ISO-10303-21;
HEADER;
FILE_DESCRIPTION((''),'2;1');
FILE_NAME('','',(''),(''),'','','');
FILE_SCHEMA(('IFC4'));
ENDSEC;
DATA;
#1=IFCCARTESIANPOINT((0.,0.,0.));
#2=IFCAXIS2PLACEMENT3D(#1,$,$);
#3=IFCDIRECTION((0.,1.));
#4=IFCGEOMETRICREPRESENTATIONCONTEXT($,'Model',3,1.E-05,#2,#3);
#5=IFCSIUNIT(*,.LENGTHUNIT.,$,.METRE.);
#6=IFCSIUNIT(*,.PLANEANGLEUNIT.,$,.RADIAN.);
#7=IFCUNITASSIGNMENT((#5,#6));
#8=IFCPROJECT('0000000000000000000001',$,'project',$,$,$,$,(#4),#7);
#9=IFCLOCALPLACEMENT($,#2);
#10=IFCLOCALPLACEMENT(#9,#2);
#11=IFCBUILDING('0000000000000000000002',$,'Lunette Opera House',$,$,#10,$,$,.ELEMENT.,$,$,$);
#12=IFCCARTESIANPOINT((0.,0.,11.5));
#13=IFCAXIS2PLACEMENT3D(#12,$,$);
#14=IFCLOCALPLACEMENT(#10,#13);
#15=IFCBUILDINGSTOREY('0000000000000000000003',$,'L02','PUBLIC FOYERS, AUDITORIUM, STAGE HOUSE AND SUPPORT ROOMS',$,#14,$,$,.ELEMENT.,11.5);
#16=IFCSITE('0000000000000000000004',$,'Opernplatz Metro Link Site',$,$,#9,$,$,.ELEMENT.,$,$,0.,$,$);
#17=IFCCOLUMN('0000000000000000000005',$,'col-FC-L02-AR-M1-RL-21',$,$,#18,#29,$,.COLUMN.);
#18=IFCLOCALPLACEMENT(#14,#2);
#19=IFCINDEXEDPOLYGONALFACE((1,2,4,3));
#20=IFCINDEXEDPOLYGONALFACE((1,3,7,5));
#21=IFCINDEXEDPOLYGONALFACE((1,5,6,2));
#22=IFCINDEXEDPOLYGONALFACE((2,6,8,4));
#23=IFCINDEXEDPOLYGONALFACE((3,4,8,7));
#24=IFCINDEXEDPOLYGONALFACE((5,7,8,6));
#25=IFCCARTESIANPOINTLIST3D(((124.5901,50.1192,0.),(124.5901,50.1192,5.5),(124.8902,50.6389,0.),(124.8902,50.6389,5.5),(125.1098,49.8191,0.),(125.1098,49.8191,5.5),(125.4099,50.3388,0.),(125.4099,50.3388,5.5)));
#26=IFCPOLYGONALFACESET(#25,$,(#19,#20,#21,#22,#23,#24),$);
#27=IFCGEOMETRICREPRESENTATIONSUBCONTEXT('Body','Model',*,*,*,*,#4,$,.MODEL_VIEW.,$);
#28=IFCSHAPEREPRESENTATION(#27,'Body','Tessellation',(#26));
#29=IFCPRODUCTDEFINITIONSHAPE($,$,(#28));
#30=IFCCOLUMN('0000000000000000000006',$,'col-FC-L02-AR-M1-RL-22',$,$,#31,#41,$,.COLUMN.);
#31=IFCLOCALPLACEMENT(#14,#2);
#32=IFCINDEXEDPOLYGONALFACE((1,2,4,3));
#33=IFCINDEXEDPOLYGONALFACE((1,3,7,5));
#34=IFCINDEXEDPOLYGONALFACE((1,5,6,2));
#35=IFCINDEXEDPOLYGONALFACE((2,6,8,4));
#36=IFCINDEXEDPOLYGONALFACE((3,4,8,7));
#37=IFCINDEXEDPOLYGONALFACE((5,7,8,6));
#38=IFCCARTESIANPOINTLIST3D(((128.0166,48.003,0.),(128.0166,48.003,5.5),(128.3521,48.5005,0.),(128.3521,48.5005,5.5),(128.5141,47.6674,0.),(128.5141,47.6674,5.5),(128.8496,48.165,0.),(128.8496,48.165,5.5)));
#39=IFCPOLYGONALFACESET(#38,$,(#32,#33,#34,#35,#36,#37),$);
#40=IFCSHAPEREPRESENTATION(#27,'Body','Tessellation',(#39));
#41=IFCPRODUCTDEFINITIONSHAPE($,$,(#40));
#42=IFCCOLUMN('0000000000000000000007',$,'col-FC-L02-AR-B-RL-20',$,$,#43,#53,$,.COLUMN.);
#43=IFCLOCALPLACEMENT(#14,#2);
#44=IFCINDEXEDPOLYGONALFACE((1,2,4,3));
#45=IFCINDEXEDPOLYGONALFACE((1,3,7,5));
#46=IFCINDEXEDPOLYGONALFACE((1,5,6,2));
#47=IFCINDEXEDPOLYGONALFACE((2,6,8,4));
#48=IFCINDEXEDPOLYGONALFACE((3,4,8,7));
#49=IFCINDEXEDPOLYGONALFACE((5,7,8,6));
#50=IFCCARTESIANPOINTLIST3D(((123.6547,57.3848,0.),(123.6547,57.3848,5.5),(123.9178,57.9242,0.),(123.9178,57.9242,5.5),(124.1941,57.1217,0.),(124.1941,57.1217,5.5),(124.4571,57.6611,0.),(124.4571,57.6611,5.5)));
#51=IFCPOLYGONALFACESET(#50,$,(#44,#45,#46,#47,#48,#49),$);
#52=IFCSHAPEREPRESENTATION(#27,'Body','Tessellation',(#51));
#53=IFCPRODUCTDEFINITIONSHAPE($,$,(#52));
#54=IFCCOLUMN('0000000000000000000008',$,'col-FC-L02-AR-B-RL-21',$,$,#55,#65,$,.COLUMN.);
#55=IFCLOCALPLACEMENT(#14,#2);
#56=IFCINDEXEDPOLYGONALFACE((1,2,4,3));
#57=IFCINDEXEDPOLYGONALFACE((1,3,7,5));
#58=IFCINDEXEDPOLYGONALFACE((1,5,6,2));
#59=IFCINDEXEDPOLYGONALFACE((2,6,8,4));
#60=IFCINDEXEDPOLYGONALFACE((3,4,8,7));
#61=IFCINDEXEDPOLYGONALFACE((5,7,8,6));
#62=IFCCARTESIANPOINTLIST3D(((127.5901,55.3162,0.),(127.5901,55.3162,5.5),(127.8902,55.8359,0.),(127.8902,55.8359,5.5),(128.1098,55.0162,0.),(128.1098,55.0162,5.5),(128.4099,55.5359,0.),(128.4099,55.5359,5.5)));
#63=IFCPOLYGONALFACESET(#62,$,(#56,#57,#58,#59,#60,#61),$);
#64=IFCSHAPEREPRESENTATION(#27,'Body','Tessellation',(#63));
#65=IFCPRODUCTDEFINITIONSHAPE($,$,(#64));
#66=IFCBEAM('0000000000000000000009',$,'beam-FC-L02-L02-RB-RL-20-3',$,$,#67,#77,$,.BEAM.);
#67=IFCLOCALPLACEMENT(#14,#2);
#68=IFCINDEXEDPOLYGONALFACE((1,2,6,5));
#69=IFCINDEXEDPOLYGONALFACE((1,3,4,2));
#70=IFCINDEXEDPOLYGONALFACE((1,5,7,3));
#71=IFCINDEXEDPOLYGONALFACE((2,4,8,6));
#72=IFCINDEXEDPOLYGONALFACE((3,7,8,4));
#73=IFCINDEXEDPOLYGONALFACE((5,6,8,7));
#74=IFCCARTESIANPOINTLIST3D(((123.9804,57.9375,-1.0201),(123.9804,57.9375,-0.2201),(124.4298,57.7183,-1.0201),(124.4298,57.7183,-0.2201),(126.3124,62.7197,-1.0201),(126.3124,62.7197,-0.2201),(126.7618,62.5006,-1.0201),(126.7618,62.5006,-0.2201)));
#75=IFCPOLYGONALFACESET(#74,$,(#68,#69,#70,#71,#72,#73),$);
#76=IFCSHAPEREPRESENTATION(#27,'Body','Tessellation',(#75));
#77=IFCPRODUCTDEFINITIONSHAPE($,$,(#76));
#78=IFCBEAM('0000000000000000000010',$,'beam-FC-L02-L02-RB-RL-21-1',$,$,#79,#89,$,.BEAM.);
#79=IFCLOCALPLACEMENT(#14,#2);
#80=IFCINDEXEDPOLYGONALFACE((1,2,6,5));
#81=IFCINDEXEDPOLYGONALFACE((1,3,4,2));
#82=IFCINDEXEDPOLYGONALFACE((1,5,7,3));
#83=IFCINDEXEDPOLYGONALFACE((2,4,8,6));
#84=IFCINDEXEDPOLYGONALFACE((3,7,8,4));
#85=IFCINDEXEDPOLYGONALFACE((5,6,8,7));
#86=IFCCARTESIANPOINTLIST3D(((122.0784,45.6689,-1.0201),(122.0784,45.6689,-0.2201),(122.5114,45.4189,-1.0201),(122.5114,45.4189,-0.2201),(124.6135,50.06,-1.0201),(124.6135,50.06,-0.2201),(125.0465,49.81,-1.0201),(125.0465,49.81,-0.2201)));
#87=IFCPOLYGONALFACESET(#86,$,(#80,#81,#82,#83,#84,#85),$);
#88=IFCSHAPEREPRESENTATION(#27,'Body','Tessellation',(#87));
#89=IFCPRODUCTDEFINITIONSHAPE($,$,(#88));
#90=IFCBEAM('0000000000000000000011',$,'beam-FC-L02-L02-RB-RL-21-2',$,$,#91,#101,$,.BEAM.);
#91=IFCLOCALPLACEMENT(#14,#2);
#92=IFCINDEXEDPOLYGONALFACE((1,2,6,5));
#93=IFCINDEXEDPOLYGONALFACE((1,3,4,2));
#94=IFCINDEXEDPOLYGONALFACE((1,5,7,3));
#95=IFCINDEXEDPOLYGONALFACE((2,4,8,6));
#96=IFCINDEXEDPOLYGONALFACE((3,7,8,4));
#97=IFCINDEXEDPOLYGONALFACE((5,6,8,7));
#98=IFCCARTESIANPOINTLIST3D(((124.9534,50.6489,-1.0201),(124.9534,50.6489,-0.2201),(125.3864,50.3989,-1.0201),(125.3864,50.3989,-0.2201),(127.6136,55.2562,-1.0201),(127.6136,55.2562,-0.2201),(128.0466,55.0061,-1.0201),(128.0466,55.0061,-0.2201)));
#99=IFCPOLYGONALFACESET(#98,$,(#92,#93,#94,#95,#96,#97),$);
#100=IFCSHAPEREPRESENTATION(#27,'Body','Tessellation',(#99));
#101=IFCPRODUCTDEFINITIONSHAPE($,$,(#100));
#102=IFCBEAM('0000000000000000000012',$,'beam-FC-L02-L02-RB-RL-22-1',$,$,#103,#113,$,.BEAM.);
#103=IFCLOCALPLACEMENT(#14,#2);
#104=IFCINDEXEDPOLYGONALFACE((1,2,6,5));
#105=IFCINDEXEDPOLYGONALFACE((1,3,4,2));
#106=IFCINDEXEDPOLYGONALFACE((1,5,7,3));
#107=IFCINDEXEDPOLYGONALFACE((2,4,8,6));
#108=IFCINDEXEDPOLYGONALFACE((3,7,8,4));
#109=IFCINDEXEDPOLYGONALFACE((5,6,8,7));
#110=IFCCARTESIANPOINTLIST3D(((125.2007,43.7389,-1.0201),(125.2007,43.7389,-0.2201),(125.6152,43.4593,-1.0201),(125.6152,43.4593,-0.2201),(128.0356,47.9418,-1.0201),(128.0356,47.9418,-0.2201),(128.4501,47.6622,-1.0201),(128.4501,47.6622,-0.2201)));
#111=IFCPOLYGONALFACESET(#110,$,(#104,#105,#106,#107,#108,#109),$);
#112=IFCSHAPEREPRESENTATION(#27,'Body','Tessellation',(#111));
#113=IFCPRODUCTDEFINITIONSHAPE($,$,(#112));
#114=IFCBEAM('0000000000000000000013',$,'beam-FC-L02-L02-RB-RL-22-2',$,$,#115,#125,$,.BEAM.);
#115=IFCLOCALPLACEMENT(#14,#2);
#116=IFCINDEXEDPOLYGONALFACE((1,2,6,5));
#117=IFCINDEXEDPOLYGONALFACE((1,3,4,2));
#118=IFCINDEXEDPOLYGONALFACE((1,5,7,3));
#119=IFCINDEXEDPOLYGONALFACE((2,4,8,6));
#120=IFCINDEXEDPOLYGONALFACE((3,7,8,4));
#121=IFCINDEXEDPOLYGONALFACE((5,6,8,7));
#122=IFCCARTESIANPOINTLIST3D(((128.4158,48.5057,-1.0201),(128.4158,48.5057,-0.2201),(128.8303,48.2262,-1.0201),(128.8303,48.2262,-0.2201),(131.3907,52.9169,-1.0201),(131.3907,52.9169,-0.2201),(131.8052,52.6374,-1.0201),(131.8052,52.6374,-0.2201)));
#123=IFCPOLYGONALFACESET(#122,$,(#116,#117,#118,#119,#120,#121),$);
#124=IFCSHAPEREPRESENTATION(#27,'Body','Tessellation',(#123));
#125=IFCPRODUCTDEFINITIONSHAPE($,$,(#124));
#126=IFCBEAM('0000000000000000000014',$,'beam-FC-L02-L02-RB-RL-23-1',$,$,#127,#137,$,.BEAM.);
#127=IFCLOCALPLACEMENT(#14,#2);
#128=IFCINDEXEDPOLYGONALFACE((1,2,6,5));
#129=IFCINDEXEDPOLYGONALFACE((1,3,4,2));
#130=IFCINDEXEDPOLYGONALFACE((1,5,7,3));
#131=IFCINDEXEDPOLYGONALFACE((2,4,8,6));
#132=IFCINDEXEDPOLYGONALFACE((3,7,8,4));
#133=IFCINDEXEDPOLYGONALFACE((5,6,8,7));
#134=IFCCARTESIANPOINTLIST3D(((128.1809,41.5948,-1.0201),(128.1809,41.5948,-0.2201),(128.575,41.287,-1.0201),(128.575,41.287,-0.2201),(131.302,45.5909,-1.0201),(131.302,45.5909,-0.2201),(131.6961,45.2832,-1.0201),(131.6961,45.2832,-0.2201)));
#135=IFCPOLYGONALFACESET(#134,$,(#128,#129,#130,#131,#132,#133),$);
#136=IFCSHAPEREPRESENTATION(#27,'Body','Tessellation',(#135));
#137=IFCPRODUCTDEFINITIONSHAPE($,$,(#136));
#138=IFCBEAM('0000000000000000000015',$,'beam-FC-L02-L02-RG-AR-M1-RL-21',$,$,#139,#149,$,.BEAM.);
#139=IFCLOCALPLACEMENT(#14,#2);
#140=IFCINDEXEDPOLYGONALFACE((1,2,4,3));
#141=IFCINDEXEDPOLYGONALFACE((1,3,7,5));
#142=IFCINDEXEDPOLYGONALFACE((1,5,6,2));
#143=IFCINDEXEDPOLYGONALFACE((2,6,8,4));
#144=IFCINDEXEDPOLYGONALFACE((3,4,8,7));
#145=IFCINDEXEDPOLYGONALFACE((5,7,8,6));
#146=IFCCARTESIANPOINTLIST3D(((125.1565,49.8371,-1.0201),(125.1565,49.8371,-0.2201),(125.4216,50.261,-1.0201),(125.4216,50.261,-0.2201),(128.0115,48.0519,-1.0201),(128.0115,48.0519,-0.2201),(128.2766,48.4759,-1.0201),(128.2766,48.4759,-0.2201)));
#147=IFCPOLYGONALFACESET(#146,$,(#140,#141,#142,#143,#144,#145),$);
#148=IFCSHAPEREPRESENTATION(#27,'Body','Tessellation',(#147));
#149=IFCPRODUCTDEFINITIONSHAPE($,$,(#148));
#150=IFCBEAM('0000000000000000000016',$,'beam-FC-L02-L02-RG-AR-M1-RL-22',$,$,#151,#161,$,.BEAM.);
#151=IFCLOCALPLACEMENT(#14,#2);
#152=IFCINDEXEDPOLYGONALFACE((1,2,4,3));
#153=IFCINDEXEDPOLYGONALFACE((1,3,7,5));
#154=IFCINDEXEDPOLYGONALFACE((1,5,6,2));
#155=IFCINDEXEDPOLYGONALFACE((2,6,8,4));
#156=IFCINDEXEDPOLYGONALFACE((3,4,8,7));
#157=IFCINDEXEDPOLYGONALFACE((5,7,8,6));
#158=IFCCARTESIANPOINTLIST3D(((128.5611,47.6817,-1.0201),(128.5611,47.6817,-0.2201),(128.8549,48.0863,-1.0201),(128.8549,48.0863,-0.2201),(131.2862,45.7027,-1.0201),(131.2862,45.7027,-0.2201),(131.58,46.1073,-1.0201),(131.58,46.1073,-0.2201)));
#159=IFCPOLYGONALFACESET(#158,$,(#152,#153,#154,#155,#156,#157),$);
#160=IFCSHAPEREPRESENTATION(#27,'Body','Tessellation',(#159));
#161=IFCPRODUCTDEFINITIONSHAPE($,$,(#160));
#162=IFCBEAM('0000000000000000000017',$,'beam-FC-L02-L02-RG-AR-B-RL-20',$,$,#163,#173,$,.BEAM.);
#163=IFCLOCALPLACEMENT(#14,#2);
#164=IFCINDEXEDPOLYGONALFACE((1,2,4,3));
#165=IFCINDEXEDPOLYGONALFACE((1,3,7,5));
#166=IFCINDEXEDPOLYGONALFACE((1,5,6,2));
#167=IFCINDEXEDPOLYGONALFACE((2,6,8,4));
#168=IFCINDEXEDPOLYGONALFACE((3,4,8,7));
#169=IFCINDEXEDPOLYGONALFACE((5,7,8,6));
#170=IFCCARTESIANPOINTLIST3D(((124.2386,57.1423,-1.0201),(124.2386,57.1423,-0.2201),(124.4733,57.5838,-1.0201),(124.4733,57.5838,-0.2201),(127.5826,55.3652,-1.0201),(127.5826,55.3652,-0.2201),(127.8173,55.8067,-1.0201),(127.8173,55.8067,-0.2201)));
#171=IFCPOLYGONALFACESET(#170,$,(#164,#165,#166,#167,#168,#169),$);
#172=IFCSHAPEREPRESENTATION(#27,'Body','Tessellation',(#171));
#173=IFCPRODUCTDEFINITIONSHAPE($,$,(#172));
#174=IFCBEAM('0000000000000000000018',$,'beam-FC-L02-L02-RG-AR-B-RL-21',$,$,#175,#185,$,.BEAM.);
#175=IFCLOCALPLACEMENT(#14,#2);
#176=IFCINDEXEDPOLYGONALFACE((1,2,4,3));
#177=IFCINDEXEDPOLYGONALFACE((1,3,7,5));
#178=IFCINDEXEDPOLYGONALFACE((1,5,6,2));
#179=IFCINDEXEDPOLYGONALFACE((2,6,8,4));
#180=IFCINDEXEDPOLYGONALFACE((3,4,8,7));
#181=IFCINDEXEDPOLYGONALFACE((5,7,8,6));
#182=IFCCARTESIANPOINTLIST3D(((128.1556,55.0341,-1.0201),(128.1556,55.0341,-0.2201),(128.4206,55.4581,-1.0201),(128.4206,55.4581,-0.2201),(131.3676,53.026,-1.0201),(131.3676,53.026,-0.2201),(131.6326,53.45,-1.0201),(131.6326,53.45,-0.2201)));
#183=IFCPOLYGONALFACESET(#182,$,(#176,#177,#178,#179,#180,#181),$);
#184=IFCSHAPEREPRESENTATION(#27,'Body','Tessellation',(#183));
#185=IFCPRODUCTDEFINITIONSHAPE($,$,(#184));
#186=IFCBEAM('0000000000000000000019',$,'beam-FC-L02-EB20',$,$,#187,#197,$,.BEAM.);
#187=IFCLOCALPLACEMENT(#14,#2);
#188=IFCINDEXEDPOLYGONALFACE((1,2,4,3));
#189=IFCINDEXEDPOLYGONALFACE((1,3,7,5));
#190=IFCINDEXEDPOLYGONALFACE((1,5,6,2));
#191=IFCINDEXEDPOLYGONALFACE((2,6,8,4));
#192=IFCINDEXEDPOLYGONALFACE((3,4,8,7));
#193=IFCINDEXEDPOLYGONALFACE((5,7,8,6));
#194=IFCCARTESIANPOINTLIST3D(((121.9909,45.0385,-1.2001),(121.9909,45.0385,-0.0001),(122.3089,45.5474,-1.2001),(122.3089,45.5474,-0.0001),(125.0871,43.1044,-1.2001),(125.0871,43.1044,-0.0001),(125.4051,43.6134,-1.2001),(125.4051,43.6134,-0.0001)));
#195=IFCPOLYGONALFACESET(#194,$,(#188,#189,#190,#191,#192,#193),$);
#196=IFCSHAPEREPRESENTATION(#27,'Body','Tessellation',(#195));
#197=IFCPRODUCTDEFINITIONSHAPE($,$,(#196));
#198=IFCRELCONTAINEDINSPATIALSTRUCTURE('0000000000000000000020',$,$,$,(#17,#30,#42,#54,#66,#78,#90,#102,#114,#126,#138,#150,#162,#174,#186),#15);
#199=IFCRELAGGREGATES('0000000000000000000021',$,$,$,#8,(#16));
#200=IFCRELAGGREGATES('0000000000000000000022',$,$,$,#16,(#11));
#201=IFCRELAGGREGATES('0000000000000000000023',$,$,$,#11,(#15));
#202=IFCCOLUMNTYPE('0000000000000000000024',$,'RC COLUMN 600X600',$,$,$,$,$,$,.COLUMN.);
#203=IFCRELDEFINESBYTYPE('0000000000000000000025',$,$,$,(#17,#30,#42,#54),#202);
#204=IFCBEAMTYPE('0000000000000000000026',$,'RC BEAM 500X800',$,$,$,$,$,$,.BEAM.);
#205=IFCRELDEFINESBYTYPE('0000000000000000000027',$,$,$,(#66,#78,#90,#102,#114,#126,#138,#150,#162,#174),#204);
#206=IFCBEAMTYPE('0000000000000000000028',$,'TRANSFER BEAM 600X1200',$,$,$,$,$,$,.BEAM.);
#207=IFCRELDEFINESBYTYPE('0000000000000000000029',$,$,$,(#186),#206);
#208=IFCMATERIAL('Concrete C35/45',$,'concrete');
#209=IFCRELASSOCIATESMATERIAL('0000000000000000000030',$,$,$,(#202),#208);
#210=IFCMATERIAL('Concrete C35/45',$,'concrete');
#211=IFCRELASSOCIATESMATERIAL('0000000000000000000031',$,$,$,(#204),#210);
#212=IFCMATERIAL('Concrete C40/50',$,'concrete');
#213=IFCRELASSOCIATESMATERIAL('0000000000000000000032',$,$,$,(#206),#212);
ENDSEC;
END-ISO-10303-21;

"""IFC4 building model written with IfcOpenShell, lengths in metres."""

from ifc_helpers import new_model, si_unit, direction, frame, origin, origin_2d, place, context, subcontext, project, spatial, rectangle, extrude, material, material_profile, profile_set, type_object, element, save


model = new_model("IFC4")

# Units and contexts
model_context = context("Model", 3, precision=1e-05, world=origin(), true_north=direction((0.0, 1.0)))
body_context = subcontext(model_context, "Body", "Model", "MODEL_VIEW")
ifc_project = project(units=[si_unit("LENGTHUNIT", "METRE"), si_unit("PLANEANGLEUNIT", "RADIAN")], contexts=[model_context])

# Site, building, storey
site_placement = place(None, origin())
site = spatial("IfcSite", under=ifc_project, at=site_placement, Name="Opernplatz Metro Link Site", CompositionType="ELEMENT", RefElevation=0.0)
building_placement = place(site_placement, origin())
building = spatial("IfcBuilding", under=site, at=building_placement, Name="Lunette Opera House", CompositionType="ELEMENT")
storey_placement = place(building_placement, frame((0.0, 0.0, 11.5)))
storey = spatial("IfcBuildingStorey", under=building, at=storey_placement, Name="L02", Description="PUBLIC FOYERS, AUDITORIUM, STAGE HOUSE AND SUPPORT ROOMS", CompositionType="ELEMENT", Elevation=11.5)

# Columns
ifc_material_1 = material(Name="Concrete C35/45", Category="concrete")
ifc_material_profile_1 = material_profile(ifc_material_1, rectangle(XDim=0.6001, YDim=0.6001, at=origin_2d()), Name="RC COLUMN 600X600")
ifc_profile_set_1 = profile_set([ifc_material_profile_1], Name="Concrete C35/45")
column_type = type_object("IfcColumnType", Name="RC COLUMN 600X600", PredefinedType="COLUMN", material=ifc_profile_set_1)
for number, where, z_axis, x_axis, name in (
    (1, (125.0, 50.229, 0.0), (0.0, 0.0, 1.0), (0.866025, -0.5, 0.0), "col-FC-L02-AR-M1-RL-21"),
    (2, (128.4331, 48.084, 0.0), (0.0, 0.0, 1.0), (0.829038, -0.559193, 0.0), "col-FC-L02-AR-M1-RL-22"),
    (3, (124.0559, 57.5229, 0.0), (0.0, 0.0, 1.0), (0.898794, -0.438371, 0.0), "col-FC-L02-AR-B-RL-20"),
    (4, (128.0, 55.426, 0.0), (0.0, 0.0, 1.0), (0.866025, -0.5, 0.0), "col-FC-L02-AR-B-RL-21"),
):
    element("IfcColumn", number, at=place(storey_placement, frame(where, z_axis=z_axis, x_axis=x_axis)), inside=storey, type_object=column_type, Name=name, PredefinedType="COLUMN", context=body_context, shape_type="SweptSolid", body=[
        extrude(rectangle(XDim=0.6001, YDim=0.6001, at=origin_2d()), origin(), (0.0, 0.0, 1.0), 5.5),
    ])

# Beams
ifc_material_2 = material(Name="Concrete C35/45", Category="concrete")
ifc_material_profile_2 = material_profile(ifc_material_2, rectangle(XDim=0.5, YDim=0.8, at=origin_2d()), Name="RC BEAM 500X800")
ifc_profile_set_2 = profile_set([ifc_material_profile_2], Name="Concrete C35/45")
beam_type_1 = type_object("IfcBeamType", Name="RC BEAM 500X800", PredefinedType="BEAM", material=ifc_profile_set_2)
beam_1_placement = place(storey_placement, frame((124.2051, 57.8279, -0.6201), z_axis=(0.438308, 0.898825, 0.0), x_axis=(-0.898825, 0.438308, 0.0)))
element("IfcBeam", 5, at=beam_1_placement, inside=storey, type_object=beam_type_1, Name="beam-FC-L02-L02-RB-RL-20-3", PredefinedType="BEAM", context=body_context, shape_type="SweptSolid", body=[
    extrude(rectangle(XDim=0.5, YDim=0.8, at=origin_2d()), origin(), (0.0, 0.0, 1.0), 5.3206),
])
beam_2_placement = place(storey_placement, frame((122.2949, 45.5439, -0.6201), z_axis=(0.499992, 0.86603, 0.0), x_axis=(-0.86603, 0.499992, 0.0)))
element("IfcBeam", 6, at=beam_2_placement, inside=storey, type_object=beam_type_1, Name="beam-FC-L02-L02-RB-RL-21-1", PredefinedType="BEAM", context=body_context, shape_type="SweptSolid", body=[
    extrude(rectangle(XDim=0.5, YDim=0.8, at=origin_2d()), origin(), (0.0, 0.0, 1.0), 5.0703),
])
beam_3_placement = place(storey_placement, frame((125.1699, 50.5239, -0.6201), z_axis=(0.500028, 0.866009, 0.0), x_axis=(-0.866009, 0.500028, 0.0)))
element("IfcBeam", 7, at=beam_3_placement, inside=storey, type_object=beam_type_1, Name="beam-FC-L02-L02-RB-RL-21-2", PredefinedType="BEAM", context=body_context, shape_type="SweptSolid", body=[
    extrude(rectangle(XDim=0.5, YDim=0.8, at=origin_2d()), origin(), (0.0, 0.0, 1.0), 5.3201),
])
beam_4_placement = place(storey_placement, frame((125.408, 43.5991, -0.6201), z_axis=(0.559204, 0.82903, 0.0), x_axis=(-0.82903, 0.559204, 0.0)))
element("IfcBeam", 8, at=beam_4_placement, inside=storey, type_object=beam_type_1, Name="beam-FC-L02-L02-RB-RL-22-1", PredefinedType="BEAM", context=body_context, shape_type="SweptSolid", body=[
    extrude(rectangle(XDim=0.5, YDim=0.8, at=origin_2d()), origin(), (0.0, 0.0, 1.0), 5.0696),
])
beam_5_placement = place(storey_placement, frame((128.623, 48.366, -0.6201), z_axis=(0.559129, 0.829081, 0.0), x_axis=(-0.829081, 0.559129, 0.0)))
element("IfcBeam", 9, at=beam_5_placement, inside=storey, type_object=beam_type_1, Name="beam-FC-L02-L02-RB-RL-22-2", PredefinedType="BEAM", context=body_context, shape_type="SweptSolid", body=[
    extrude(rectangle(XDim=0.5, YDim=0.8, at=origin_2d()), origin(), (0.0, 0.0, 1.0), 5.3206),
])
beam_6_placement = place(storey_placement, frame((128.3779, 41.4409, -0.6201), z_axis=(0.615539, 0.788106, 0.0), x_axis=(-0.788106, 0.615539, 0.0)))
element("IfcBeam", 10, at=beam_6_placement, inside=storey, type_object=beam_type_1, Name="beam-FC-L02-L02-RB-RL-23-1", PredefinedType="BEAM", context=body_context, shape_type="SweptSolid", body=[
    extrude(rectangle(XDim=0.5, YDim=0.8, at=origin_2d()), origin(), (0.0, 0.0, 1.0), 5.0706),
])
beam_7_placement = place(storey_placement, frame((125.2891, 50.0491, -0.6201), z_axis=(0.847892, -0.530168, 0.0), x_axis=(0.530168, 0.847892, 0.0)))
element("IfcBeam", 11, at=beam_7_placement, inside=storey, type_object=beam_type_1, Name="beam-FC-L02-L02-RG-AR-M1-RL-21", PredefinedType="BEAM", context=body_context, shape_type="SweptSolid", body=[
    extrude(rectangle(XDim=0.5, YDim=0.8, at=origin_2d()), origin(), (0.0, 0.0, 1.0), 3.3672),
])
beam_8_placement = place(storey_placement, frame((128.708, 47.884, -0.6201), z_axis=(0.809143, -0.587611, 0.0), x_axis=(0.587611, 0.809143, 0.0)))
element("IfcBeam", 12, at=beam_8_placement, inside=storey, type_object=beam_type_1, Name="beam-FC-L02-L02-RG-AR-M1-RL-22", PredefinedType="BEAM", context=body_context, shape_type="SweptSolid", body=[
    extrude(rectangle(XDim=0.5, YDim=0.8, at=origin_2d()), origin(), (0.0, 0.0, 1.0), 3.3679),
])
beam_9_placement = place(storey_placement, frame((124.356, 57.363, -0.6201), z_axis=(0.88305, -0.469279, 0.0), x_axis=(0.469279, 0.88305, 0.0)))
element("IfcBeam", 13, at=beam_9_placement, inside=storey, type_object=beam_type_1, Name="beam-FC-L02-L02-RG-AR-B-RL-20", PredefinedType="BEAM", context=body_context, shape_type="SweptSolid", body=[
    extrude(rectangle(XDim=0.5, YDim=0.8, at=origin_2d()), origin(), (0.0, 0.0, 1.0), 3.7869),
])
beam_10_placement = place(storey_placement, frame((128.2881, 55.2461, -0.6201), z_axis=(0.847926, -0.530115, 0.0), x_axis=(0.530115, 0.847926, 0.0)))
element("IfcBeam", 14, at=beam_10_placement, inside=storey, type_object=beam_type_1, Name="beam-FC-L02-L02-RG-AR-B-RL-21", PredefinedType="BEAM", context=body_context, shape_type="SweptSolid", body=[
    extrude(rectangle(XDim=0.5, YDim=0.8, at=origin_2d()), origin(), (0.0, 0.0, 1.0), 3.7881),
])
ifc_material_3 = material(Name="Concrete C40/50", Category="concrete")
ifc_material_profile_3 = material_profile(ifc_material_3, rectangle(XDim=0.6001, YDim=1.2, at=origin_2d()), Name="TRANSFER BEAM 600X1200")
ifc_profile_set_3 = profile_set([ifc_material_profile_3], Name="Concrete C40/50")
beam_type_2 = type_object("IfcBeamType", Name="TRANSFER BEAM 600X1200", PredefinedType="BEAM", material=ifc_profile_set_3)
beam_11_placement = place(storey_placement, frame((122.1499, 45.293, -0.6001), z_axis=(0.848126, -0.529795, 0.0), x_axis=(0.529795, 0.848126, 0.0)))
element("IfcBeam", 15, at=beam_11_placement, inside=storey, type_object=beam_type_2, Name="beam-FC-L02-EB20", PredefinedType="BEAM", context=body_context, shape_type="SweptSolid", body=[
    extrude(rectangle(XDim=0.6001, YDim=1.2, at=origin_2d()), origin(), (0.0, 0.0, 1.0), 3.6506),
])

save(model, "model.ifc")
